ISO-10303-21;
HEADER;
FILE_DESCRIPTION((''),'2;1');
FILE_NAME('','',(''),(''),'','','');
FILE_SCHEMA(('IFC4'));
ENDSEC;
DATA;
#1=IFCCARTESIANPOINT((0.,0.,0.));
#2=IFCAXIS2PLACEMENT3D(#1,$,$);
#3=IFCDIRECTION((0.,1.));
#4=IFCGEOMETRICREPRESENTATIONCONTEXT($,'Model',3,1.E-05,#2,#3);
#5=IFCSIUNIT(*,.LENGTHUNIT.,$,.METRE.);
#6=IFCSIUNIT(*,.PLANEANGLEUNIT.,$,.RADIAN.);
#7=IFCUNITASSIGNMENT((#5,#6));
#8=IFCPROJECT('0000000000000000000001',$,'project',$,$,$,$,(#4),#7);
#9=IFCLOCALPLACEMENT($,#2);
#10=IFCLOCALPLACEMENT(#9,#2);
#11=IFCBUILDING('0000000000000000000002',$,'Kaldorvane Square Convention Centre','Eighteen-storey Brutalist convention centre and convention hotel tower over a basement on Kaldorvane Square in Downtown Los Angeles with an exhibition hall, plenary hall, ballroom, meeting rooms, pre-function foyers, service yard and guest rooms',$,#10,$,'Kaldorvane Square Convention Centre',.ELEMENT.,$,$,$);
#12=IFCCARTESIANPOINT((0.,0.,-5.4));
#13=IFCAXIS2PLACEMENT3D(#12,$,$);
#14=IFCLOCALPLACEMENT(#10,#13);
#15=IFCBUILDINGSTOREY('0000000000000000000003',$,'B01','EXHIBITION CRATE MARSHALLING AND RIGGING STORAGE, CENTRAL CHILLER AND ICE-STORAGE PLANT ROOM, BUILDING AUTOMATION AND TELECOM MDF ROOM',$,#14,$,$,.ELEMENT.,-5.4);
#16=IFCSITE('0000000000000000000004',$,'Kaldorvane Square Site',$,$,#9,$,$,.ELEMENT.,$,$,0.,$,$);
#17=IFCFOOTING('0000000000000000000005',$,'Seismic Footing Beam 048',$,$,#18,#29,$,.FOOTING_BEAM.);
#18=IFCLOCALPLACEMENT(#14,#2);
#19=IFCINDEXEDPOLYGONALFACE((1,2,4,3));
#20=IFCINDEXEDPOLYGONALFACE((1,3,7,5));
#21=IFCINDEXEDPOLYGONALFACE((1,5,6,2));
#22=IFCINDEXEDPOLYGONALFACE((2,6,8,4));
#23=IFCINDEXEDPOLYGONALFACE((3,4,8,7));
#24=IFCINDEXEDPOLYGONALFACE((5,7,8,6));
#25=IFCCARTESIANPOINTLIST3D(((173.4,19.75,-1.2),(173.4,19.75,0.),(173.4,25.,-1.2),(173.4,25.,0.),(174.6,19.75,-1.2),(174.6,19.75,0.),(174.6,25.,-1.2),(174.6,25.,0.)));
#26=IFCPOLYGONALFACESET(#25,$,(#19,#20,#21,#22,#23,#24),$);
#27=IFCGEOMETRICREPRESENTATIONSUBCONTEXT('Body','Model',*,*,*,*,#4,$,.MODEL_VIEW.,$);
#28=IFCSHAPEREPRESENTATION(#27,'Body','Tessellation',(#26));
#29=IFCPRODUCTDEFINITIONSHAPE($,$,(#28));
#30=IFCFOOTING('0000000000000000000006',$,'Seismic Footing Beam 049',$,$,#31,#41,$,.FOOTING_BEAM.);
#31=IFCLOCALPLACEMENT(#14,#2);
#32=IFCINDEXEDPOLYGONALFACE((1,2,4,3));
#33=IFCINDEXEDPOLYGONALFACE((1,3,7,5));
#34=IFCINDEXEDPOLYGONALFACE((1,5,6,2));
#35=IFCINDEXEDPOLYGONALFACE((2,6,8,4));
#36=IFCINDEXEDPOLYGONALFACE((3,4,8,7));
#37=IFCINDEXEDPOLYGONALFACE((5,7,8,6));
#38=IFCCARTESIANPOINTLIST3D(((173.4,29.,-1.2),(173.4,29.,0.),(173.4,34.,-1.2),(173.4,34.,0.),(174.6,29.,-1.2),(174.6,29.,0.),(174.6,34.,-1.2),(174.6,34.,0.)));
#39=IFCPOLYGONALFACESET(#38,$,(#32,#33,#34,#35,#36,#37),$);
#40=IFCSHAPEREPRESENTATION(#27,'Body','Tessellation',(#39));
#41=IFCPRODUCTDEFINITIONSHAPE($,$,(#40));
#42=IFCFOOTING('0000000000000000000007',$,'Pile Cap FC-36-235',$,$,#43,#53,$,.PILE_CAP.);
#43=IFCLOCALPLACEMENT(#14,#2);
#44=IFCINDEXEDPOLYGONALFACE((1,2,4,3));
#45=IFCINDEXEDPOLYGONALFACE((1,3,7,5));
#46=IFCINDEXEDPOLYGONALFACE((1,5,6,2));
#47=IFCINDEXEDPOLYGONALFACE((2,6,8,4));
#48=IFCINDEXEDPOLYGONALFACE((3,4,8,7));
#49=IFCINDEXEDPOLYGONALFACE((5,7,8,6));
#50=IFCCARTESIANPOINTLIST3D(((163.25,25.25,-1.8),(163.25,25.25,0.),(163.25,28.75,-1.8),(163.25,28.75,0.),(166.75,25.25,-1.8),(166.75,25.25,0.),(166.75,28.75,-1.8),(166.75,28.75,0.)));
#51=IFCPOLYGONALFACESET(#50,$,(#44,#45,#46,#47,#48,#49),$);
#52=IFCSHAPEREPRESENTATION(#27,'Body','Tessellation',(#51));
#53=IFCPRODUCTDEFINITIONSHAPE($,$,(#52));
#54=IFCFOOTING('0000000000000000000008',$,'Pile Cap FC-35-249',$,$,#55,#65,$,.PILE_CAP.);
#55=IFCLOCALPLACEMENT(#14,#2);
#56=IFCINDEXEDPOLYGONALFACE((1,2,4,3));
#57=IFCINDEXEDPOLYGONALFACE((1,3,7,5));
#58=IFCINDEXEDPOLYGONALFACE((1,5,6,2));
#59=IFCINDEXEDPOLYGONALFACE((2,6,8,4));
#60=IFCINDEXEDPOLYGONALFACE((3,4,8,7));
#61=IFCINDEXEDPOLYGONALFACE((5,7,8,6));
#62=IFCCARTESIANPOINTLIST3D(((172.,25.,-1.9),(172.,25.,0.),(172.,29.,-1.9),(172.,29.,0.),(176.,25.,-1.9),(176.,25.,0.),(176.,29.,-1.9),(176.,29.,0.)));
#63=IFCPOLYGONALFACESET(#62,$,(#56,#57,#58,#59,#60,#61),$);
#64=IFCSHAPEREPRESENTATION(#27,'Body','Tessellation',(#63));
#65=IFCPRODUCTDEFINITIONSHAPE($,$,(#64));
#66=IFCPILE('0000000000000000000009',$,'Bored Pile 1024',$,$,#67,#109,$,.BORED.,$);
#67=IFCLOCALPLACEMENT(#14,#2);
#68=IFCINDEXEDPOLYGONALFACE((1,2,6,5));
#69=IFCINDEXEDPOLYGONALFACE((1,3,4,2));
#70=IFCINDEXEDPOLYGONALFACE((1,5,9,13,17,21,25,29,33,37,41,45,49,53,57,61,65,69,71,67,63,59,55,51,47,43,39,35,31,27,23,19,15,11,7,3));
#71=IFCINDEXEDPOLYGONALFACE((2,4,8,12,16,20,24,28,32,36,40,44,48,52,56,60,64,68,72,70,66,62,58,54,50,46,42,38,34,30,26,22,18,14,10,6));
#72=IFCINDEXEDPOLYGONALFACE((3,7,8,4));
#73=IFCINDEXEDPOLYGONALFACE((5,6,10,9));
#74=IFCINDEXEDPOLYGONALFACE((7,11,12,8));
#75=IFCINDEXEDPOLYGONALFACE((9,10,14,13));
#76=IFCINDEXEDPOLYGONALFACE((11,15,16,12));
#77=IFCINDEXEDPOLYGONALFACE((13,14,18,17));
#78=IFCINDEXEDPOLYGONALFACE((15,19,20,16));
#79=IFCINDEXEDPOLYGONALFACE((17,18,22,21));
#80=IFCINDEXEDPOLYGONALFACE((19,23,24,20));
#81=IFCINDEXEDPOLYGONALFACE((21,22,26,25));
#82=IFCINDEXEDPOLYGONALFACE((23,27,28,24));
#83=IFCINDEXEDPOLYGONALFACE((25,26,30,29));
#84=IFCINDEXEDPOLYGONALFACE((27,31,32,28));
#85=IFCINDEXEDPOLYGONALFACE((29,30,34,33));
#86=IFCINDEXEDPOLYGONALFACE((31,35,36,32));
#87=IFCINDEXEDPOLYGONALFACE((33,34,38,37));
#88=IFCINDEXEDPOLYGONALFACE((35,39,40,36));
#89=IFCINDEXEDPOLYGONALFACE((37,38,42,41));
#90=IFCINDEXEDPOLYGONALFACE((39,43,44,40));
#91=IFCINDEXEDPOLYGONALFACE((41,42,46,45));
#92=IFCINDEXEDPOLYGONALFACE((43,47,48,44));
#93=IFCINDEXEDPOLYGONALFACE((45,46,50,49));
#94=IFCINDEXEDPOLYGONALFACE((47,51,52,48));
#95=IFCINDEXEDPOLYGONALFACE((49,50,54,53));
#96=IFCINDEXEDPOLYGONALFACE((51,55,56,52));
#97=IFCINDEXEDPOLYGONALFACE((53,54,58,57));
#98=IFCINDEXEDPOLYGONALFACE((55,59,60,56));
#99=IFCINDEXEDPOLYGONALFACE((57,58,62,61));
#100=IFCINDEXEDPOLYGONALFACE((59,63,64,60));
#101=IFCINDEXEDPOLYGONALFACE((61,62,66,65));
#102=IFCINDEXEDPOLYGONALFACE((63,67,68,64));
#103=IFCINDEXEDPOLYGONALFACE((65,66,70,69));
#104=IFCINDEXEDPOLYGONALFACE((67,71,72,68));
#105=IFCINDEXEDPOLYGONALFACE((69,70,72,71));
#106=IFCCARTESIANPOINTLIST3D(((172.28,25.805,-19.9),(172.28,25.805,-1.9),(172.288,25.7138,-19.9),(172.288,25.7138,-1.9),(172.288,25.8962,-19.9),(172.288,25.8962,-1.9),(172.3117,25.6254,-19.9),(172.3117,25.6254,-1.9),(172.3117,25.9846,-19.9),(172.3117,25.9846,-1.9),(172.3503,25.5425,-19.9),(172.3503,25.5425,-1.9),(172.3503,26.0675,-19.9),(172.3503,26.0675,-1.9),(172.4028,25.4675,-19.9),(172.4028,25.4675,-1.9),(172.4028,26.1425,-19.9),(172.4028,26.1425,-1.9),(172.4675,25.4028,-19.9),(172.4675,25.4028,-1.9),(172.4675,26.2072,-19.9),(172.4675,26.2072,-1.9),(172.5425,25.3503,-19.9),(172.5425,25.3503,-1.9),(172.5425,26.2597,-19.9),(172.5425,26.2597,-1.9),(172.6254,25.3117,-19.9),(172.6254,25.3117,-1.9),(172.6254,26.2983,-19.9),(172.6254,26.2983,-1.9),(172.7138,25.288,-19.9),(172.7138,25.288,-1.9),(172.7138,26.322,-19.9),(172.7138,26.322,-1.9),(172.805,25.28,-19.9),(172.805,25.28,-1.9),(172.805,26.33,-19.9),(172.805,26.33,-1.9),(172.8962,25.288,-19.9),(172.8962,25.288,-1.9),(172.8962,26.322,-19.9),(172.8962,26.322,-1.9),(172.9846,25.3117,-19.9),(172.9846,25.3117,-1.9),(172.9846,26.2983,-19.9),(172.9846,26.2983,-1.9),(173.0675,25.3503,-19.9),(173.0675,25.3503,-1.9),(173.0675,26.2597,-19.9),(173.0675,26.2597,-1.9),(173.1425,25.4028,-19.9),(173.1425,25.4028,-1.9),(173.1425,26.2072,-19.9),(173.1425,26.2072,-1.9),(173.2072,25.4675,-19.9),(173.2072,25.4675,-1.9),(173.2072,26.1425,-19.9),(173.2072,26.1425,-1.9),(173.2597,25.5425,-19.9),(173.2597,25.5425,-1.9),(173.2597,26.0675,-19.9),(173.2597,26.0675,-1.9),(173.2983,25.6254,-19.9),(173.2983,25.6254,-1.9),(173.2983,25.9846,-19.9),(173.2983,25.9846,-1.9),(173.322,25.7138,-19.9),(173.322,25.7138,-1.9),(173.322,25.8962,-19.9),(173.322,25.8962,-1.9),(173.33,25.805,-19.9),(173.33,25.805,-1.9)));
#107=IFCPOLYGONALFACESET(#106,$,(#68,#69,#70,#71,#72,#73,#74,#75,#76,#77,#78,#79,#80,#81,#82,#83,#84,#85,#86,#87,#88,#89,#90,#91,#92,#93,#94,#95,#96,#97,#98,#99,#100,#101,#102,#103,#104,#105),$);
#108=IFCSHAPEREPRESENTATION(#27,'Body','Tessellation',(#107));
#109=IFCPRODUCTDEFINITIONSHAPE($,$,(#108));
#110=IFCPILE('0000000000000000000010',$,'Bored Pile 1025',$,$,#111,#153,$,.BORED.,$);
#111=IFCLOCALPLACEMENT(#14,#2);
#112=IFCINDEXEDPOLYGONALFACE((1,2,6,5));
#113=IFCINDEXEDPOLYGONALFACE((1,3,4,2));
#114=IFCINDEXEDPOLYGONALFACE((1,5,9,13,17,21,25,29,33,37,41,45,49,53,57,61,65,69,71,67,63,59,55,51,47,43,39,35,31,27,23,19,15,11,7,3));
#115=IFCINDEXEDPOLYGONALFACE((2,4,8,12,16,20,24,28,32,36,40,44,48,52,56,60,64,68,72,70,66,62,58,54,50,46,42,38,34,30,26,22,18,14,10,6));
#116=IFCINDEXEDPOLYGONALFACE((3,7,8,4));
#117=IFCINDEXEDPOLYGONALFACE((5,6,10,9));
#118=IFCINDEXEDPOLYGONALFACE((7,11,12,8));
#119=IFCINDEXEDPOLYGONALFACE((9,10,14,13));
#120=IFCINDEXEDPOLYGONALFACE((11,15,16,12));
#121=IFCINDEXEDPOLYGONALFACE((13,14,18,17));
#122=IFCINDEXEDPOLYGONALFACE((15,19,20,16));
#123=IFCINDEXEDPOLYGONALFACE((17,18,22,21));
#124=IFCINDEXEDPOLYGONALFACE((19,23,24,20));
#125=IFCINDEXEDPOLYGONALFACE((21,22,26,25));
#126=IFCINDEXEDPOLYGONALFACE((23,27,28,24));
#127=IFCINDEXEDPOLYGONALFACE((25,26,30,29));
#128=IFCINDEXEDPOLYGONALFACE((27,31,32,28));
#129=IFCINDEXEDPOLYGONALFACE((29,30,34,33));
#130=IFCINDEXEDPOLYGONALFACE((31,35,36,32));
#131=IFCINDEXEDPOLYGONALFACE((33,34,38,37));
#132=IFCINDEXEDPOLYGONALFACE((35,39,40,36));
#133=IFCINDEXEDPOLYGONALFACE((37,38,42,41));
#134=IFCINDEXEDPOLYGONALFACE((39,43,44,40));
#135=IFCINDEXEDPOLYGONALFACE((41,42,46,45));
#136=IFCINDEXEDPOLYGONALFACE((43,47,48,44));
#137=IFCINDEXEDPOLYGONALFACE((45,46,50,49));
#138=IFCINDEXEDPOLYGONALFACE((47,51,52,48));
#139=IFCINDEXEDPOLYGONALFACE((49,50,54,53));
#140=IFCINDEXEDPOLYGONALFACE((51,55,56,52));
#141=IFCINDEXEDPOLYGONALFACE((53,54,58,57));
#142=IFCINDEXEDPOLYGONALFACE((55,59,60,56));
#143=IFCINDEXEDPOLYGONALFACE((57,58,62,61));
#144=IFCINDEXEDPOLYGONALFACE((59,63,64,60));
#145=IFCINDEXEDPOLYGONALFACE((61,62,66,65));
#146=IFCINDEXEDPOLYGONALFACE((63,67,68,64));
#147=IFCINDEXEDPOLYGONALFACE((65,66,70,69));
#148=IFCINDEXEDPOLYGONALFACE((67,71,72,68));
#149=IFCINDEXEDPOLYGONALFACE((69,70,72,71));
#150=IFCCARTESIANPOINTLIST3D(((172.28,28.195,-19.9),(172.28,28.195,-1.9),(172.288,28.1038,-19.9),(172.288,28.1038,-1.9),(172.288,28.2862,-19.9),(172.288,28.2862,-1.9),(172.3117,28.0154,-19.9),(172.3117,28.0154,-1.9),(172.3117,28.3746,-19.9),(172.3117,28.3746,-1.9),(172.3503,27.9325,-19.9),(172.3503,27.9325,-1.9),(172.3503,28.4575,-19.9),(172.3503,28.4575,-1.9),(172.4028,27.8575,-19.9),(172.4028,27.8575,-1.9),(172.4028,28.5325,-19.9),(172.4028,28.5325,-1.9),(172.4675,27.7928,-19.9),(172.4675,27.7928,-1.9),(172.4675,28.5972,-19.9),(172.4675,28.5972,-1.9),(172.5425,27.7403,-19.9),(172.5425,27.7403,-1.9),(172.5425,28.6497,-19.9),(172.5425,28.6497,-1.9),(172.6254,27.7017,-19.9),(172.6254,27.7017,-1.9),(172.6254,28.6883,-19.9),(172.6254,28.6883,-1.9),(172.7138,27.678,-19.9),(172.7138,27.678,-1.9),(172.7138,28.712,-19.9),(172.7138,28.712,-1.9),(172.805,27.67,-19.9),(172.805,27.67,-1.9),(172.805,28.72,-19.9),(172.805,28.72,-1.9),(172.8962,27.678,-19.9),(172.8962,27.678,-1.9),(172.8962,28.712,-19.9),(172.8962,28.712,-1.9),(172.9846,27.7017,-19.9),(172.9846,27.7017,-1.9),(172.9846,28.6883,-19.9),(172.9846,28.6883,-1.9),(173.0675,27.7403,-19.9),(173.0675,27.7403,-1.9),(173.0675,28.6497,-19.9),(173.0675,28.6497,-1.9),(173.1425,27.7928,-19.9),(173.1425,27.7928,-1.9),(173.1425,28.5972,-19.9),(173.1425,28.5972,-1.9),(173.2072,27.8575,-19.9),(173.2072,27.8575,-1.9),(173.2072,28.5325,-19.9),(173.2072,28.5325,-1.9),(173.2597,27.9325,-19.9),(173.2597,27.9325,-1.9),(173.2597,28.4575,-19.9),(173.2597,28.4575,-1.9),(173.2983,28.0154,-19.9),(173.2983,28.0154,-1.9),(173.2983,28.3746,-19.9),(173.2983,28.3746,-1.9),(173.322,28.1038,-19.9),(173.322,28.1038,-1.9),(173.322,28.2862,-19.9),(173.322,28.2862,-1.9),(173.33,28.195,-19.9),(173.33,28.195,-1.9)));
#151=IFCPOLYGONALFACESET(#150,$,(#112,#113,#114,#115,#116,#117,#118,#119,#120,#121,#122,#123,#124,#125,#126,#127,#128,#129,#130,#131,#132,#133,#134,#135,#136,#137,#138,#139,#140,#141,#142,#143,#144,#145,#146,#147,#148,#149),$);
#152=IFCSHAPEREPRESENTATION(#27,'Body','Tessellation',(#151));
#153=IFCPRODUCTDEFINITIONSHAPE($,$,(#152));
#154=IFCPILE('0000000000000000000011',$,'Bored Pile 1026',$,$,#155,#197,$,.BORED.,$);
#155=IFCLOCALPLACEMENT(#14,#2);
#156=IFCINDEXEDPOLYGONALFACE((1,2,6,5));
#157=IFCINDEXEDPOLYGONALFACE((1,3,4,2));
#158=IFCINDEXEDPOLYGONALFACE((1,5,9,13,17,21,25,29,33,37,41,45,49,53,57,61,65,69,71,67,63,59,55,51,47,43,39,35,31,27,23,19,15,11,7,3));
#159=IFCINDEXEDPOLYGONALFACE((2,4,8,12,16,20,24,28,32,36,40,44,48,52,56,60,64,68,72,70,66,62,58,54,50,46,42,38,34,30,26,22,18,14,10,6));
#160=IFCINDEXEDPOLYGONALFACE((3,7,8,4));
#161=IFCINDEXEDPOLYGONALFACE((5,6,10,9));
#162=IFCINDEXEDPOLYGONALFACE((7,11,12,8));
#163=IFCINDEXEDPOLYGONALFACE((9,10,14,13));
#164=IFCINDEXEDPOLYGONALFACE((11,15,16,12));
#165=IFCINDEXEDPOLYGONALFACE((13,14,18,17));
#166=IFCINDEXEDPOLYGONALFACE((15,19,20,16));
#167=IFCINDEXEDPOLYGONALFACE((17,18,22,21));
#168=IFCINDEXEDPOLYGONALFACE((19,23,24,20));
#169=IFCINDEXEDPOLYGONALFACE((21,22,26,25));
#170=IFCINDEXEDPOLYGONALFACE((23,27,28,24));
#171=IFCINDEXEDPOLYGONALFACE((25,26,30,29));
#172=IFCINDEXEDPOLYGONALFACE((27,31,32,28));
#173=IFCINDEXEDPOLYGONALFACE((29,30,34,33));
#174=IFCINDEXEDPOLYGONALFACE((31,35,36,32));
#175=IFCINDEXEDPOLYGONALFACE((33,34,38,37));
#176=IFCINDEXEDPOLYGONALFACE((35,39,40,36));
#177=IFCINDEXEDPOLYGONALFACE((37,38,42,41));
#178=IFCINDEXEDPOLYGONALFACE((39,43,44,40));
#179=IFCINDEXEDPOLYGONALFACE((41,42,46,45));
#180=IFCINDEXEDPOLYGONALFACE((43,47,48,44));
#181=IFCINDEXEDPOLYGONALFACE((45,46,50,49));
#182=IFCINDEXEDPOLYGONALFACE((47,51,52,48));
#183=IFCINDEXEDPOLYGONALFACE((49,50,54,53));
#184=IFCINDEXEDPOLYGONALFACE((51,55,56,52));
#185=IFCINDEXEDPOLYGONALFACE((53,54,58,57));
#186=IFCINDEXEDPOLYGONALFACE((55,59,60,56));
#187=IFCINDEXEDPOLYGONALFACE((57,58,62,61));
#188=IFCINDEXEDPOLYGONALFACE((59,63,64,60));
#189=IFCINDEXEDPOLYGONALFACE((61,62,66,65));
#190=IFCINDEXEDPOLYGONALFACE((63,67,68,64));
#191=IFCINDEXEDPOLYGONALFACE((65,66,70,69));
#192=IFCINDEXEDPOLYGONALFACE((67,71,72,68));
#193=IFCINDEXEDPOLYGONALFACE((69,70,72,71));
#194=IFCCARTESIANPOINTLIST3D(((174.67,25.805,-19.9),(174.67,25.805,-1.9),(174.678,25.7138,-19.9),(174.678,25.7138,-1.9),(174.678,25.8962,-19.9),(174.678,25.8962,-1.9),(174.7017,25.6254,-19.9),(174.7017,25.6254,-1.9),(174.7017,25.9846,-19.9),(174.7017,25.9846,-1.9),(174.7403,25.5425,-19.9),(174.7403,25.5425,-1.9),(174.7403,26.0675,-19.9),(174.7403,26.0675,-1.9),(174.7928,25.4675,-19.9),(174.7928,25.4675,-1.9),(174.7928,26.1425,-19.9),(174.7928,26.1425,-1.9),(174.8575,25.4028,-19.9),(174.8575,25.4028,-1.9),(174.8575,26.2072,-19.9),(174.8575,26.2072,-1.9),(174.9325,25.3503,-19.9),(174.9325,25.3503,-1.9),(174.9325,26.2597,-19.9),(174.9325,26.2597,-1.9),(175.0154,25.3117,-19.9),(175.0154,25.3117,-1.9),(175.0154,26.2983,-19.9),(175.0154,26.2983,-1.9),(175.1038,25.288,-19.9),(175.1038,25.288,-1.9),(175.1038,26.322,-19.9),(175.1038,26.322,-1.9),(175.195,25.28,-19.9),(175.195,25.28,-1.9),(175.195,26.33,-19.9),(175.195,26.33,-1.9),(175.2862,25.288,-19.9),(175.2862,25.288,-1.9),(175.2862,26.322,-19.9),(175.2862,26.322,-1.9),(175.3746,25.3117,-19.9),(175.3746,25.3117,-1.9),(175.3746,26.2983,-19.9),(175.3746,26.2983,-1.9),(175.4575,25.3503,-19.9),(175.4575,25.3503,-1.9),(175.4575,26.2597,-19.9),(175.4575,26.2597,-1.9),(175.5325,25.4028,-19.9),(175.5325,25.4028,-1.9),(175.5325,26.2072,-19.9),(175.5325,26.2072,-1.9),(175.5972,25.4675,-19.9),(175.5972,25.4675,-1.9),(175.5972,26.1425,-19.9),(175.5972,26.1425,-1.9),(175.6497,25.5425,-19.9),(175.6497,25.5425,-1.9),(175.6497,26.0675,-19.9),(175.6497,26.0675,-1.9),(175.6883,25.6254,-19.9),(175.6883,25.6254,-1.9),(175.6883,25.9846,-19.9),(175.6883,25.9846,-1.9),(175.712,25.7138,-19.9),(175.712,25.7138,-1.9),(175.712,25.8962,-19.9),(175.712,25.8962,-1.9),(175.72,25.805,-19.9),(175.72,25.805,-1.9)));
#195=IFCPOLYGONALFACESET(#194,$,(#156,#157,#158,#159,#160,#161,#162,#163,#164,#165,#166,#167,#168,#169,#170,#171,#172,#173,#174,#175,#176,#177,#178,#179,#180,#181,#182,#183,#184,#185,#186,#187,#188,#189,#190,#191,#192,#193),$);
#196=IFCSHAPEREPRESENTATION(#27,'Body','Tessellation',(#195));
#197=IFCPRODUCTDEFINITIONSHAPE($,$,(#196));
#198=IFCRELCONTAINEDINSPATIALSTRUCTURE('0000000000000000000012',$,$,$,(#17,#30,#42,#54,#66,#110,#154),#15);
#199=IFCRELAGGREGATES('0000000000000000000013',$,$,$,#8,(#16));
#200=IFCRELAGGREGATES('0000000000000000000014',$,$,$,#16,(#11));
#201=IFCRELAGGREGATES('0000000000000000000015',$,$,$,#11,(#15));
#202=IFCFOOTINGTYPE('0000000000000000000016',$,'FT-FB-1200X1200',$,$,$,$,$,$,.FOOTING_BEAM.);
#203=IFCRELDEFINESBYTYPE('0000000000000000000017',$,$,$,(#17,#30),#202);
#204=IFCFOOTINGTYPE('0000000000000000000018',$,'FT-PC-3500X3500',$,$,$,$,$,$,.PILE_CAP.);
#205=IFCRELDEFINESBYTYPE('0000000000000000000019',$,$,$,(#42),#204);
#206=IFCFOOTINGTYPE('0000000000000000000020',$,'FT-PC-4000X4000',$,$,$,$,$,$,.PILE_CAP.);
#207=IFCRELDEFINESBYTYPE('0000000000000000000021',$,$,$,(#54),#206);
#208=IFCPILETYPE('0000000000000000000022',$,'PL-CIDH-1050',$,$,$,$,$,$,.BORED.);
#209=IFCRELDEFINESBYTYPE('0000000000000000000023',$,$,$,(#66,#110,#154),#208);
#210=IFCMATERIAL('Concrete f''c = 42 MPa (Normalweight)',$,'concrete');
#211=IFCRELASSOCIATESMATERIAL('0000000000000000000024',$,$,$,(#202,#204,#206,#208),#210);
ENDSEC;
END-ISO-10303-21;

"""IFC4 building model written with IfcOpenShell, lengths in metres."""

from ifc_helpers import new_model, si_unit, direction, frame, origin, origin_2d, place, context, subcontext, project, spatial, rectangle, circle, extrude, material, material_profile, profile_set, type_object, element, save


model = new_model("IFC4")

# Units and contexts
model_context = context("Model", 3, precision=1e-05, world=origin(), true_north=direction((0.0, 1.0)))
body_context = subcontext(model_context, "Body", "Model", "MODEL_VIEW")
ifc_project = project(units=[si_unit("LENGTHUNIT", "METRE"), si_unit("PLANEANGLEUNIT", "RADIAN")], contexts=[model_context])

# Site, building, storey
site_placement = place(None, origin())
site = spatial("IfcSite", under=ifc_project, at=site_placement, Name="Kaldorvane Square Site", CompositionType="ELEMENT", RefElevation=0.0)
building_placement = place(site_placement, origin())
building = spatial("IfcBuilding", under=site, at=building_placement, Name="Kaldorvane Square Convention Centre", Description="Eighteen-storey Brutalist convention centre and convention hotel tower over a basement on Kaldorvane Square in Downtown Los Angeles with an exhibition hall, plenary hall, ballroom, meeting rooms, pre-function foyers, service yard and guest rooms", LongName="Kaldorvane Square Convention Centre", CompositionType="ELEMENT")
storey_placement = place(building_placement, frame((0.0, 0.0, -5.4)))
storey = spatial("IfcBuildingStorey", under=building, at=storey_placement, Name="B01", Description="EXHIBITION CRATE MARSHALLING AND RIGGING STORAGE, CENTRAL CHILLER AND ICE-STORAGE PLANT ROOM, BUILDING AUTOMATION AND TELECOM MDF ROOM", CompositionType="ELEMENT", Elevation=-5.4)

# Footings
ifc_material_1 = material(Name="Concrete f'c = 42 MPa (Normalweight)", Category="concrete")
footing_type_1 = type_object("IfcFootingType", Name="FT-FB-1200X1200", PredefinedType="FOOTING_BEAM", material=ifc_material_1)
footing_1_placement = place(storey_placement, frame((174.0, 22.375, -1.2), z_axis=(0.0, 0.0, 1.0), x_axis=(1.0, 0.0, 0.0)))
element("IfcFooting", 1, at=footing_1_placement, inside=storey, type_object=footing_type_1, Name="Seismic Footing Beam 048", PredefinedType="FOOTING_BEAM", context=body_context, shape_type="SweptSolid", body=[
    extrude(rectangle(XDim=1.2, YDim=5.25, at=origin_2d()), origin(), (0.0, 0.0, 1.0), 1.2),
])
footing_2_placement = place(storey_placement, frame((174.0, 31.5, -1.2), z_axis=(0.0, 0.0, 1.0), x_axis=(1.0, 0.0, 0.0)))
element("IfcFooting", 2, at=footing_2_placement, inside=storey, type_object=footing_type_1, Name="Seismic Footing Beam 049", PredefinedType="FOOTING_BEAM", context=body_context, shape_type="SweptSolid", body=[
    extrude(rectangle(XDim=1.2, YDim=5.0, at=origin_2d()), origin(), (0.0, 0.0, 1.0), 1.2),
])
footing_type_2 = type_object("IfcFootingType", Name="FT-PC-3500X3500", PredefinedType="PILE_CAP", material=ifc_material_1)
footing_3_placement = place(storey_placement, frame((165.0, 27.0, -1.8), z_axis=(0.0, 0.0, 1.0), x_axis=(1.0, 0.0, 0.0)))
element("IfcFooting", 3, at=footing_3_placement, inside=storey, type_object=footing_type_2, Name="Pile Cap FC-36-235", PredefinedType="PILE_CAP", context=body_context, shape_type="SweptSolid", body=[
    extrude(rectangle(XDim=3.5, YDim=3.5, at=origin_2d()), origin(), (0.0, 0.0, 1.0), 1.8),
])
footing_type_3 = type_object("IfcFootingType", Name="FT-PC-4000X4000", PredefinedType="PILE_CAP", material=ifc_material_1)
footing_4_placement = place(storey_placement, frame((174.0, 27.0, -1.9), z_axis=(0.0, 0.0, 1.0), x_axis=(1.0, 0.0, 0.0)))
element("IfcFooting", 4, at=footing_4_placement, inside=storey, type_object=footing_type_3, Name="Pile Cap FC-35-249", PredefinedType="PILE_CAP", context=body_context, shape_type="SweptSolid", body=[
    extrude(rectangle(XDim=4.0, YDim=4.0, at=origin_2d()), origin(), (0.0, 0.0, 1.0), 1.9),
])

# Piles
ifc_material_profile_1 = material_profile(ifc_material_1, circle(Radius=0.525, at=origin_2d()), Name="PILE-D1050")
ifc_profile_set_1 = profile_set([ifc_material_profile_1], Name="Concrete f'c = 42 MPa (Normalweight)")
pile_type_1 = type_object("IfcPileType", Name="PL-CIDH-1050", PredefinedType="BORED", material=ifc_profile_set_1)
for number, where, z_axis, x_axis, name in (
    (5, (172.805, 25.805, -1.9), (0.0, 0.0, -1.0), (1.0, 0.0, 0.0), "Bored Pile 1024"),
    (6, (172.805, 28.195, -1.9), (0.0, 0.0, -1.0), (1.0, 0.0, 0.0), "Bored Pile 1025"),
    (7, (175.195, 25.805, -1.9), (0.0, 0.0, -1.0), (1.0, 0.0, 0.0), "Bored Pile 1026"),
):
    element("IfcPile", number, at=place(storey_placement, frame(where, z_axis=z_axis, x_axis=x_axis)), inside=storey, type_object=pile_type_1, Name=name, PredefinedType="BORED", context=body_context, shape_type="SweptSolid", body=[
        extrude(circle(Radius=0.525, at=origin_2d()), origin(), (0.0, 0.0, 1.0), 18.0),
    ])

save(model, "model.ifc")
